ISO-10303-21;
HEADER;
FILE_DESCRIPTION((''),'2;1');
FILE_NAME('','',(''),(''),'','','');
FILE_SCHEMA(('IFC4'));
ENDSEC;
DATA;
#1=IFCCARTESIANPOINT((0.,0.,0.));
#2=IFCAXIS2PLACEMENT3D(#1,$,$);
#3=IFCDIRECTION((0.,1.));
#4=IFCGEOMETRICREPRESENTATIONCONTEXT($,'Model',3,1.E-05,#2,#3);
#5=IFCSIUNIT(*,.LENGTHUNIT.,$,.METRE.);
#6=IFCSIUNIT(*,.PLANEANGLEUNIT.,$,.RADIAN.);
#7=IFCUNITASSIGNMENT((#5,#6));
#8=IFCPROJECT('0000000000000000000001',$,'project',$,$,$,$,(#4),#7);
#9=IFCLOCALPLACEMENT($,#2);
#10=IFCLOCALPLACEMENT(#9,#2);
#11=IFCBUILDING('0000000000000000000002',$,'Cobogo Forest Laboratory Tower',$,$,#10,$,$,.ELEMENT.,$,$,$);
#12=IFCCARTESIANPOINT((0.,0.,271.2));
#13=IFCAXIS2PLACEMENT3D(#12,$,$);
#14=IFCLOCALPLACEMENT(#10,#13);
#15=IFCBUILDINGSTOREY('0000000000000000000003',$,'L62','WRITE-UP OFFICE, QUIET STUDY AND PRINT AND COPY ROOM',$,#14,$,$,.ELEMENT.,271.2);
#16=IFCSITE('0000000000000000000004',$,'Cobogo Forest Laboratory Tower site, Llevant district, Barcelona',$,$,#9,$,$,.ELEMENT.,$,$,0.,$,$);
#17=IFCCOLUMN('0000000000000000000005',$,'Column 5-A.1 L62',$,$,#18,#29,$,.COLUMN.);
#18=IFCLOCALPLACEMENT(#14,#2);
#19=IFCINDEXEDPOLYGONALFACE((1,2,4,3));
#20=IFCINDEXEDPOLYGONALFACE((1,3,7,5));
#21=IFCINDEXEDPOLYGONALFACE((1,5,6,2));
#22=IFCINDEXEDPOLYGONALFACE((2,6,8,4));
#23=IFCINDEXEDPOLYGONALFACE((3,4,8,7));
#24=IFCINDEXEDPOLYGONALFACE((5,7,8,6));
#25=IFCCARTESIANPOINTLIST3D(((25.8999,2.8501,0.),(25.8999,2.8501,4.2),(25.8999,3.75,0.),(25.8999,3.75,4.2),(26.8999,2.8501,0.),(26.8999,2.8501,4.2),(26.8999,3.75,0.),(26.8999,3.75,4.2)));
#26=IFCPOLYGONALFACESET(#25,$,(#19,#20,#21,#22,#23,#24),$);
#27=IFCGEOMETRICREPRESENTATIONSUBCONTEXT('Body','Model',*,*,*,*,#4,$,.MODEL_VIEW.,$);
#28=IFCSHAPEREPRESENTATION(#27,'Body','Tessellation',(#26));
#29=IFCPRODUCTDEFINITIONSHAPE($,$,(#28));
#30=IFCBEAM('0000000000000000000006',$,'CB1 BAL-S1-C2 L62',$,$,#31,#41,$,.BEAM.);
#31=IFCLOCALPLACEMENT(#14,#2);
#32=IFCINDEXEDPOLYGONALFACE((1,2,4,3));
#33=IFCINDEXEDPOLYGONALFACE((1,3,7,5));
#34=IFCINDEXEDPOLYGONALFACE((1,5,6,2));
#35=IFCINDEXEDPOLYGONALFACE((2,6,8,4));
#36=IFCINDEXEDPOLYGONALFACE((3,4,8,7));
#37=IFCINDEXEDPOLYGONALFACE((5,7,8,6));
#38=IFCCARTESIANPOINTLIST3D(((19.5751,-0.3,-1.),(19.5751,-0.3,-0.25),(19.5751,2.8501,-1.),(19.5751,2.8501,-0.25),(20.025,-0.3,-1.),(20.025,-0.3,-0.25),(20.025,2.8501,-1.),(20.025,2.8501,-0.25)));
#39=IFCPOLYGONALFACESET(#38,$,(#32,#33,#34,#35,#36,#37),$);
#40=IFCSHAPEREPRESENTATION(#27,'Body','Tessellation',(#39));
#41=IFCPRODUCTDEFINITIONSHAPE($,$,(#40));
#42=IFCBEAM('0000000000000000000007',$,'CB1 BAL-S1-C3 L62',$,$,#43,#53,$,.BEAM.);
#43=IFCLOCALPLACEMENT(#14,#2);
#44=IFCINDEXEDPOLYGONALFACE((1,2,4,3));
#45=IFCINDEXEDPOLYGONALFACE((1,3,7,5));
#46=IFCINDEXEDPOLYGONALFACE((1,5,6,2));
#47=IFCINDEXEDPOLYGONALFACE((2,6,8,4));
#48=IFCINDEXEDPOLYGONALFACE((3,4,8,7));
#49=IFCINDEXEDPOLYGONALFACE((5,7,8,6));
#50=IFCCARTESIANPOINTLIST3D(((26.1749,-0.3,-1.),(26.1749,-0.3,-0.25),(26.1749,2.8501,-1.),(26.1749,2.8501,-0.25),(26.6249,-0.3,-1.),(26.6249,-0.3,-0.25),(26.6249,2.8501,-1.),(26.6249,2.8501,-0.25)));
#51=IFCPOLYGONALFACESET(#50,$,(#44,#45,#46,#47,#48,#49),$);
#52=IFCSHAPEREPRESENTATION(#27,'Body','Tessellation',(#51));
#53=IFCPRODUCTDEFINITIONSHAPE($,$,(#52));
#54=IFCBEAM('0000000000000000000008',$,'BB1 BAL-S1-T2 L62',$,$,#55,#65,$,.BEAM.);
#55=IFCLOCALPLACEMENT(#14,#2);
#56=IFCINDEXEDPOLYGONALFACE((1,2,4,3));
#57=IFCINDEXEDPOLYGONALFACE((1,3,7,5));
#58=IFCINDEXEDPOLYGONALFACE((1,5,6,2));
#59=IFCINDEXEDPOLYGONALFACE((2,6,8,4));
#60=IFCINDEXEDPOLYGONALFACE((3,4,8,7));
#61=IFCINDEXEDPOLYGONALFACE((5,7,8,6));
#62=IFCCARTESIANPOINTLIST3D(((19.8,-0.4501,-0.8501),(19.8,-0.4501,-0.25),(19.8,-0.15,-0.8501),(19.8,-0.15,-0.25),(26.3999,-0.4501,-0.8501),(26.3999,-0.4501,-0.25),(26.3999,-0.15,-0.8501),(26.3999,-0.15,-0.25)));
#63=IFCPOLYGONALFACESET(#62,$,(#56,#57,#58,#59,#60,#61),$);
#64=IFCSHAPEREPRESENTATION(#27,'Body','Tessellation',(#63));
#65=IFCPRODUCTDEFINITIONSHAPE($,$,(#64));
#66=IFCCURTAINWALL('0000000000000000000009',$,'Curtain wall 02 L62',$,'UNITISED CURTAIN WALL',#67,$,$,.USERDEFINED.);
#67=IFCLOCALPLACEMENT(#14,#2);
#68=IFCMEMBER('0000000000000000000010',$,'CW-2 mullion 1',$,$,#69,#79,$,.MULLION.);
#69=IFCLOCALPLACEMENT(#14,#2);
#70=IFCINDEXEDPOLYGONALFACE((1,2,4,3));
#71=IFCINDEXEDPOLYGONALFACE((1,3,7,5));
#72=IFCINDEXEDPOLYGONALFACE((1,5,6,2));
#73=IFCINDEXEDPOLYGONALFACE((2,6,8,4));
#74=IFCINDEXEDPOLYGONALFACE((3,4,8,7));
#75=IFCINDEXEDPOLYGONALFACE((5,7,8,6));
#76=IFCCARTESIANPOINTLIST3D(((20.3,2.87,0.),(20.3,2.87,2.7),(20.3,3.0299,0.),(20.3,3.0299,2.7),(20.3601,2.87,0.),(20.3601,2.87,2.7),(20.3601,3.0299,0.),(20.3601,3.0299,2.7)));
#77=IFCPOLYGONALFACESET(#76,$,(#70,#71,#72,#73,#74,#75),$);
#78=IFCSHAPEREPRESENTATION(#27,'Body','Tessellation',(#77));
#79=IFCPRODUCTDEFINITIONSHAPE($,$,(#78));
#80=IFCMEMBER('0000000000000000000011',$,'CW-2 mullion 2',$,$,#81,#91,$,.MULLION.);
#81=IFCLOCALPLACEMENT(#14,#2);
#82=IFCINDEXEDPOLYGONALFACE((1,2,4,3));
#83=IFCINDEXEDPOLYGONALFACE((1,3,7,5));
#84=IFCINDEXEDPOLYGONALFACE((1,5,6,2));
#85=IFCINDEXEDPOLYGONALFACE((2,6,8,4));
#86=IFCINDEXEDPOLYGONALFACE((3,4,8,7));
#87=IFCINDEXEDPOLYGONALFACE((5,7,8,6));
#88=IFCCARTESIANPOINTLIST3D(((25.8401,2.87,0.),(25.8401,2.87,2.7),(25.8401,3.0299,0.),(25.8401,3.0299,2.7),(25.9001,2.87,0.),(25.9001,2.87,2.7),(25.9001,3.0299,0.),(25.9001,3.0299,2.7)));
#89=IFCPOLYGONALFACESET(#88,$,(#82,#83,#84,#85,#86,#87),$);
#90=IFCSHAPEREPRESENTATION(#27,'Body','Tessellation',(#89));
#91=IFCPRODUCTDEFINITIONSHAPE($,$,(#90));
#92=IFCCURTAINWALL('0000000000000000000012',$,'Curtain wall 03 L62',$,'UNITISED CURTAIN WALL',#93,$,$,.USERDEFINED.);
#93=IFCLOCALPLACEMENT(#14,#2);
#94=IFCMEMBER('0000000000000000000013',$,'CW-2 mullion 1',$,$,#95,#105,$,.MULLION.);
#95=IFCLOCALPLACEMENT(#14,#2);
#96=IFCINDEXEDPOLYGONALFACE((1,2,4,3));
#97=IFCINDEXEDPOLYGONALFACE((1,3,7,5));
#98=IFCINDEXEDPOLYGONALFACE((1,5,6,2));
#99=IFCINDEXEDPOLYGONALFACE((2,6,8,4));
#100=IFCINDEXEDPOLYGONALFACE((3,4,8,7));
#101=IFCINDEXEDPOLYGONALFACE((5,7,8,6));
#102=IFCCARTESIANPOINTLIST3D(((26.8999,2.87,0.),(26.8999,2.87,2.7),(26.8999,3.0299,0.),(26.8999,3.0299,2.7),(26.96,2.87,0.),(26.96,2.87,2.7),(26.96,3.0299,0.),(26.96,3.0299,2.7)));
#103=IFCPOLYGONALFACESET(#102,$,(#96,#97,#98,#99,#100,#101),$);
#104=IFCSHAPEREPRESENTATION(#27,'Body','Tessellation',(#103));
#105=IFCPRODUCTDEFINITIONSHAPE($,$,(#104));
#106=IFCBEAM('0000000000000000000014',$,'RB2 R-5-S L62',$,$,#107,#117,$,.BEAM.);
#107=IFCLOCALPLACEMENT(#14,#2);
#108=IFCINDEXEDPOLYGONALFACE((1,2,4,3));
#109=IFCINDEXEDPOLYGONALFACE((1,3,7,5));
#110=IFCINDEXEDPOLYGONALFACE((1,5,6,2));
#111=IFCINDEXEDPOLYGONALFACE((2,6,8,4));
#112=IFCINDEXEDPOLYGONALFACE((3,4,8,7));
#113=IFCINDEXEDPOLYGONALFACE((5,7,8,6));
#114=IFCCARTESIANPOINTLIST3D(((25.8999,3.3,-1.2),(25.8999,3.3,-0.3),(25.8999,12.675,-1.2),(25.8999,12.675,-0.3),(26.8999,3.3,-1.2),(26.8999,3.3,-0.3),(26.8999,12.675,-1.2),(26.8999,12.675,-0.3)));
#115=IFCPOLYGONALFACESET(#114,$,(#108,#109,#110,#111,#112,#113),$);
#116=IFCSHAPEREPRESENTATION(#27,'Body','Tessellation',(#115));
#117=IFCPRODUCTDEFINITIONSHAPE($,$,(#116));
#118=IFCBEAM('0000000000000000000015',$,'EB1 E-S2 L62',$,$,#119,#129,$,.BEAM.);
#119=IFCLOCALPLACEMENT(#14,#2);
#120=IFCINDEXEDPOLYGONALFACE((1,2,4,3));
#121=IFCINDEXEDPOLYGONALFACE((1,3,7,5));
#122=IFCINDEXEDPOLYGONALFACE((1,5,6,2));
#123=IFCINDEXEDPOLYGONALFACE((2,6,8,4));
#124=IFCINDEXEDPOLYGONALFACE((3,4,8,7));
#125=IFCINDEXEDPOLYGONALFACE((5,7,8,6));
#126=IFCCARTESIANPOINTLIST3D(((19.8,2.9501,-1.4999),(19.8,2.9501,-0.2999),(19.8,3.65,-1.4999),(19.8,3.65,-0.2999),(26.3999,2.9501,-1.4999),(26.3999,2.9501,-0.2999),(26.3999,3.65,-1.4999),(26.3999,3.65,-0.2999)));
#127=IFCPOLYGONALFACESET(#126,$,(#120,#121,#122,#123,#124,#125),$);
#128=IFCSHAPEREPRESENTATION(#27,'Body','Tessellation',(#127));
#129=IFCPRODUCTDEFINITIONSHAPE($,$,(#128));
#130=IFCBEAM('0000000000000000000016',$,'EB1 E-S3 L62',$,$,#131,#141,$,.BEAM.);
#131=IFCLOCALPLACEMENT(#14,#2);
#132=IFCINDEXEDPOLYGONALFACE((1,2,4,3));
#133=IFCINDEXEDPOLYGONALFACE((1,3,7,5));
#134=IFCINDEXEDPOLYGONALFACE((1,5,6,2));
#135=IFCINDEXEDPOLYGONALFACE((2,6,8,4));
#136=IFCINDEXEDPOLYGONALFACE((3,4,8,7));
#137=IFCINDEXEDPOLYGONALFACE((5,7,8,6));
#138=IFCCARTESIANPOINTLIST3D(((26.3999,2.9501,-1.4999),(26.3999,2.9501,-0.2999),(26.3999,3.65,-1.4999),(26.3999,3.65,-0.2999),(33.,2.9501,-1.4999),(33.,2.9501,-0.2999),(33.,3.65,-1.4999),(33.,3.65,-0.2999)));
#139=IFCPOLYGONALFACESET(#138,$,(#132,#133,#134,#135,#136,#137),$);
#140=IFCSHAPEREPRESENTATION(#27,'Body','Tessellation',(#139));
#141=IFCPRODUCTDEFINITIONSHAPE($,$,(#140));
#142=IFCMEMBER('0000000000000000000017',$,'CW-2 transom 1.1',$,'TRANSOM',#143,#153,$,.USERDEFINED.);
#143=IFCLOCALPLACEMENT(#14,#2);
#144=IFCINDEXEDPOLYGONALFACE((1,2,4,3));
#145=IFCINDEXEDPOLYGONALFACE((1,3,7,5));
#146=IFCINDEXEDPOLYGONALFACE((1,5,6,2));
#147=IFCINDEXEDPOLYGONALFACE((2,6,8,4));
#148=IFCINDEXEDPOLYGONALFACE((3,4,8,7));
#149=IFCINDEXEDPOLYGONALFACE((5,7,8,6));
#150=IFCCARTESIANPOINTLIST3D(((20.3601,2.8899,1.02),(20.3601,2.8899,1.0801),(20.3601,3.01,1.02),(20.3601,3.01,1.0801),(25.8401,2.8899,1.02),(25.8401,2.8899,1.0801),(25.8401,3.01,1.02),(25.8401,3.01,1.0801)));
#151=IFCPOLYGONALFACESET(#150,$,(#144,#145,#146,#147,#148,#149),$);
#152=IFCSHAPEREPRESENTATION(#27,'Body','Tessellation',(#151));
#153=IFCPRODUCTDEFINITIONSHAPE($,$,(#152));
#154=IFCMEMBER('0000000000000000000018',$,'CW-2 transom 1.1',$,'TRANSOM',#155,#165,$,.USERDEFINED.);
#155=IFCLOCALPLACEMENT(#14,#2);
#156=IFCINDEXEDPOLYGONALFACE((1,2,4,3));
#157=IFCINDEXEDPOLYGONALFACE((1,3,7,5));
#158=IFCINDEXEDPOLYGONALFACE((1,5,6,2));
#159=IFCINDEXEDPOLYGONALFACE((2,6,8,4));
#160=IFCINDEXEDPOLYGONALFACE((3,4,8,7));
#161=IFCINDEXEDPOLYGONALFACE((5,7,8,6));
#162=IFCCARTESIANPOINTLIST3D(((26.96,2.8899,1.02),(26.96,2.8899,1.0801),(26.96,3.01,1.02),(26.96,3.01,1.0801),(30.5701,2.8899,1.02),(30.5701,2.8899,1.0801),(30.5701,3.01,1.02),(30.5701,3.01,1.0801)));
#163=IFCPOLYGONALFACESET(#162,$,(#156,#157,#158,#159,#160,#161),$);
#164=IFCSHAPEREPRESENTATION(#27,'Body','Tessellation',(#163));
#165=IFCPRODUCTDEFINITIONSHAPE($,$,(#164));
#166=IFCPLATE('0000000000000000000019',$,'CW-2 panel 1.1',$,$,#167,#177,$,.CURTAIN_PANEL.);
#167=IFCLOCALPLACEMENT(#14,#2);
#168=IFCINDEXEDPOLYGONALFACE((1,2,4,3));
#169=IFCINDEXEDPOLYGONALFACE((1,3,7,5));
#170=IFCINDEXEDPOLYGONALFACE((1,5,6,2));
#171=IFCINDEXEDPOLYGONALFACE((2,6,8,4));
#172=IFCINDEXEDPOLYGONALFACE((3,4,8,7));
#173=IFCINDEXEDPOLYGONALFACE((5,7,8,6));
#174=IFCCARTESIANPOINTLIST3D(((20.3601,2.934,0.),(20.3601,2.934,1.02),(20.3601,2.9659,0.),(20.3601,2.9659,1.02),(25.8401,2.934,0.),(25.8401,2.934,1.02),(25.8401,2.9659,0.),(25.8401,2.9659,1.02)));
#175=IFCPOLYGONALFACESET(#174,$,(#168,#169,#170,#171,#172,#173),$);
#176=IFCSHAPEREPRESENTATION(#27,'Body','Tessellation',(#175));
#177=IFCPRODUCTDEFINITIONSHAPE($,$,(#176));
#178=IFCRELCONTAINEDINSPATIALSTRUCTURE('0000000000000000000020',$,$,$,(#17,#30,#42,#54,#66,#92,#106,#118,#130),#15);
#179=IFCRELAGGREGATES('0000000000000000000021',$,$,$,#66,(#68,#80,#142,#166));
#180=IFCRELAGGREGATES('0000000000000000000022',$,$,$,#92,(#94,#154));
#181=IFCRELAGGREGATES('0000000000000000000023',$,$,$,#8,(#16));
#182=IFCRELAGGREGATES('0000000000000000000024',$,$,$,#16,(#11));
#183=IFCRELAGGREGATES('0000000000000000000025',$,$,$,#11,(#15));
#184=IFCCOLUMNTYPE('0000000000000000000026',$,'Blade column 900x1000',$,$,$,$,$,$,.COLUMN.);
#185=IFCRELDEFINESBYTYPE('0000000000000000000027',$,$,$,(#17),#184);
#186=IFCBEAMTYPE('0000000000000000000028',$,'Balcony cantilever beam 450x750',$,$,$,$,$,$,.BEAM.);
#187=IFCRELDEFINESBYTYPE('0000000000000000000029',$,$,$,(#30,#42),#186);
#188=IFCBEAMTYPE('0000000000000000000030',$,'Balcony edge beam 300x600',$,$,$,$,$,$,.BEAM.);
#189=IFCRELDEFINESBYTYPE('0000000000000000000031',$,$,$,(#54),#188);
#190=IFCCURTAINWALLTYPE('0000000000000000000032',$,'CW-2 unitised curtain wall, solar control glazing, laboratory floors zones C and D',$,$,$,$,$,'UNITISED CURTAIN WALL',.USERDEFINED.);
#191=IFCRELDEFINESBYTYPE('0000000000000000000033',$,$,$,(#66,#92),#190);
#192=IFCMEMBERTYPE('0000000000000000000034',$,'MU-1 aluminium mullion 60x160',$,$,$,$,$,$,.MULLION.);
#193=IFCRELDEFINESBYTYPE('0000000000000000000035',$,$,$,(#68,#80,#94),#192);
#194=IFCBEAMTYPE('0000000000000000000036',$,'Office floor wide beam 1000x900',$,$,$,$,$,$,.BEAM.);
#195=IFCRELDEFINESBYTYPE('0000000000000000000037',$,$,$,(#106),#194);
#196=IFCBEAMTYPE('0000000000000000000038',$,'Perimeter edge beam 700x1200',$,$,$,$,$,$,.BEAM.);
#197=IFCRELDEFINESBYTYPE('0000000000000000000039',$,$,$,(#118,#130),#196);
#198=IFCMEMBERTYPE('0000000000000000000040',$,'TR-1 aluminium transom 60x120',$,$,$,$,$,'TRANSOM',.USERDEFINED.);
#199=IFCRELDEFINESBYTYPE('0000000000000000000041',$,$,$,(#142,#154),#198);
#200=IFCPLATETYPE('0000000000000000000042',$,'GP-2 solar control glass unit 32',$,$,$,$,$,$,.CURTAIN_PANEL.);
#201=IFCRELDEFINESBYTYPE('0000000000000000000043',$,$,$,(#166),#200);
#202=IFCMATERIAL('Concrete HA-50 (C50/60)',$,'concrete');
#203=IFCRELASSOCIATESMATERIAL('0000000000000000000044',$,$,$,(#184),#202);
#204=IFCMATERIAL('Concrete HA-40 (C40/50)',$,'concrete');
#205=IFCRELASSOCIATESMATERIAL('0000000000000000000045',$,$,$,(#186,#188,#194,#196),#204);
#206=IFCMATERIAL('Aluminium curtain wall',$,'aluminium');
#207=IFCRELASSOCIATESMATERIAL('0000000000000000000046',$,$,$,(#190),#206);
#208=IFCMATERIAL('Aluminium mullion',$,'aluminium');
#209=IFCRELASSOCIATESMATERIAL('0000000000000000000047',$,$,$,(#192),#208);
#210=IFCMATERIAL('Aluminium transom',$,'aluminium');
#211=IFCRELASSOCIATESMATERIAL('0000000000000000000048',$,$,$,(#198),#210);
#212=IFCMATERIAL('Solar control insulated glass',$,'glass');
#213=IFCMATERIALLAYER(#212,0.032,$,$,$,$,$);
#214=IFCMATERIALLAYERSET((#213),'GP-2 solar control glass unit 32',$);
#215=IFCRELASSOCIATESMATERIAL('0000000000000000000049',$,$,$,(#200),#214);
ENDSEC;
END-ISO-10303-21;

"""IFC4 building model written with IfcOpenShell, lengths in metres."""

from ifc_helpers import new_model, si_unit, direction, frame, origin, origin_2d, place, context, subcontext, project, spatial, rectangle, extrude, material, layer, layer_set, material_profile, profile_set, type_object, element, aggregate, save


model = new_model("IFC4")

# Units and contexts
model_context = context("Model", 3, precision=1e-05, world=origin(), true_north=direction((0.0, 1.0)))
body_context = subcontext(model_context, "Body", "Model", "MODEL_VIEW")
ifc_project = project(units=[si_unit("LENGTHUNIT", "METRE"), si_unit("PLANEANGLEUNIT", "RADIAN")], contexts=[model_context])

# Site, building, storey
site_placement = place(None, origin())
site = spatial("IfcSite", under=ifc_project, at=site_placement, Name="Cobogo Forest Laboratory Tower site, Llevant district, Barcelona", CompositionType="ELEMENT", RefElevation=0.0)
building_placement = place(site_placement, origin())
building = spatial("IfcBuilding", under=site, at=building_placement, Name="Cobogo Forest Laboratory Tower", CompositionType="ELEMENT")
storey_placement = place(building_placement, frame((0.0, 0.0, 271.2)))
storey = spatial("IfcBuildingStorey", under=building, at=storey_placement, Name="L62", Description="WRITE-UP OFFICE, QUIET STUDY AND PRINT AND COPY ROOM", CompositionType="ELEMENT", Elevation=271.2)

# Column
ifc_material_1 = material(Name="Concrete HA-50 (C50/60)", Category="concrete")
ifc_material_profile_1 = material_profile(ifc_material_1, rectangle(XDim=1.0, YDim=0.8999, at=origin_2d()), Name="RC 900x1000")
ifc_profile_set_1 = profile_set([ifc_material_profile_1], Name="Concrete HA-50 (C50/60)")
column_type = type_object("IfcColumnType", Name="Blade column 900x1000", PredefinedType="COLUMN", material=ifc_profile_set_1)
column_placement = place(storey_placement, frame((26.3999, 3.3, 0.0), z_axis=(0.0, 0.0, 1.0), x_axis=(1.0, 0.0, 0.0)))
element("IfcColumn", 1, at=column_placement, inside=storey, type_object=column_type, Name="Column 5-A.1 L62", PredefinedType="COLUMN", context=body_context, shape_type="SweptSolid", body=[
    extrude(rectangle(XDim=1.0, YDim=0.8999, at=origin_2d()), origin(), (0.0, 0.0, 1.0), 4.2),
])

# Beams
ifc_material_2 = material(Name="Concrete HA-40 (C40/50)", Category="concrete")
ifc_material_profile_2 = material_profile(ifc_material_2, rectangle(XDim=0.45, YDim=0.75, at=origin_2d()), Name="RC 450x750")
ifc_profile_set_2 = profile_set([ifc_material_profile_2], Name="Concrete HA-40 (C40/50)")
beam_type_1 = type_object("IfcBeamType", Name="Balcony cantilever beam 450x750", PredefinedType="BEAM", material=ifc_profile_set_2)
for number, where, z_axis, x_axis, name in (
    (2, (19.8, 2.8501, -0.625), (0.0, -1.0, 0.0), (1.0, 0.0, 0.0), "CB1 BAL-S1-C2 L62"),
    (3, (26.3999, 2.8501, -0.625), (0.0, -1.0, 0.0), (1.0, 0.0, 0.0), "CB1 BAL-S1-C3 L62"),
):
    element("IfcBeam", number, at=place(storey_placement, frame(where, z_axis=z_axis, x_axis=x_axis)), inside=storey, type_object=beam_type_1, Name=name, PredefinedType="BEAM", context=body_context, shape_type="SweptSolid", body=[
        extrude(rectangle(XDim=0.45, YDim=0.75, at=origin_2d()), origin(), (0.0, 0.0, 1.0), 3.1501),
    ])
ifc_material_profile_3 = material_profile(ifc_material_2, rectangle(XDim=0.3, YDim=0.6001, at=origin_2d()), Name="RC 300x600")
ifc_profile_set_3 = profile_set([ifc_material_profile_3], Name="Concrete HA-40 (C40/50)")
beam_type_2 = type_object("IfcBeamType", Name="Balcony edge beam 300x600", PredefinedType="BEAM", material=ifc_profile_set_3)
beam_1_placement = place(storey_placement, frame((19.8, -0.3, -0.55), z_axis=(1.0, 0.0, 0.0), x_axis=(0.0, 1.0, 0.0)))
element("IfcBeam", 4, at=beam_1_placement, inside=storey, type_object=beam_type_2, Name="BB1 BAL-S1-T2 L62", PredefinedType="BEAM", context=body_context, shape_type="SweptSolid", body=[
    extrude(rectangle(XDim=0.3, YDim=0.6001, at=origin_2d()), origin(), (0.0, 0.0, 1.0), 6.5999),
])

# Curtain wall, members
ifc_material_3 = material(Name="Aluminium curtain wall", Category="aluminium")
curtain_wall_type = type_object("IfcCurtainWallType", Name="CW-2 unitised curtain wall, solar control glazing, laboratory floors zones C and D", ElementType="UNITISED CURTAIN WALL", PredefinedType="USERDEFINED", material=ifc_material_3)
curtain_wall_1_placement = place(storey_placement, origin())
curtain_wall_1 = element("IfcCurtainWall", 5, at=curtain_wall_1_placement, inside=storey, type_object=curtain_wall_type, Name="Curtain wall 02 L62", ObjectType="UNITISED CURTAIN WALL", PredefinedType="USERDEFINED")
ifc_material_4 = material(Name="Aluminium mullion", Category="aluminium")
ifc_material_profile_4 = material_profile(ifc_material_4, rectangle(XDim=0.0601, YDim=0.1599, at=origin_2d()), Name="AL 60x160")
ifc_profile_set_4 = profile_set([ifc_material_profile_4], Name="Aluminium mullion")
member_type_1 = type_object("IfcMemberType", Name="MU-1 aluminium mullion 60x160", PredefinedType="MULLION", material=ifc_profile_set_4)
member_1_placement = place(storey_placement, frame((20.3301, 2.95, 0.0), z_axis=(0.0, 0.0, 1.0), x_axis=(1.0, 0.0, 0.0)))
member_1 = element("IfcMember", 6, at=member_1_placement, type_object=member_type_1, Name="CW-2 mullion 1", PredefinedType="MULLION", context=body_context, shape_type="SweptSolid", body=[
    extrude(rectangle(XDim=0.0601, YDim=0.1599, at=origin_2d()), origin(), (0.0, 0.0, 1.0), 2.7),
])
member_2_placement = place(storey_placement, frame((25.8701, 2.95, 0.0), z_axis=(0.0, 0.0, 1.0), x_axis=(1.0, 0.0, 0.0)))
member_2 = element("IfcMember", 7, at=member_2_placement, type_object=member_type_1, Name="CW-2 mullion 2", PredefinedType="MULLION", context=body_context, shape_type="SweptSolid", body=[
    extrude(rectangle(XDim=0.0601, YDim=0.1599, at=origin_2d()), origin(), (0.0, 0.0, 1.0), 2.7),
])

# Curtain wall, member
curtain_wall_2_placement = place(storey_placement, origin())
curtain_wall_2 = element("IfcCurtainWall", 8, at=curtain_wall_2_placement, inside=storey, type_object=curtain_wall_type, Name="Curtain wall 03 L62", ObjectType="UNITISED CURTAIN WALL", PredefinedType="USERDEFINED")
member_3_placement = place(storey_placement, frame((26.9299, 2.95, 0.0), z_axis=(0.0, 0.0, 1.0), x_axis=(1.0, 0.0, 0.0)))
member_3 = element("IfcMember", 9, at=member_3_placement, type_object=member_type_1, Name="CW-2 mullion 1", PredefinedType="MULLION", context=body_context, shape_type="SweptSolid", body=[
    extrude(rectangle(XDim=0.0601, YDim=0.1599, at=origin_2d()), origin(), (0.0, 0.0, 1.0), 2.7),
])

# Beams
ifc_material_profile_5 = material_profile(ifc_material_2, rectangle(XDim=1.0, YDim=0.8999, at=origin_2d()), Name="RC 1000x900")
ifc_profile_set_5 = profile_set([ifc_material_profile_5], Name="Concrete HA-40 (C40/50)")
beam_type_3 = type_object("IfcBeamType", Name="Office floor wide beam 1000x900", PredefinedType="BEAM", material=ifc_profile_set_5)
beam_2_placement = place(storey_placement, frame((26.3999, 12.675, -0.75), z_axis=(0.0, -1.0, 0.0), x_axis=(1.0, 0.0, 0.0)))
element("IfcBeam", 10, at=beam_2_placement, inside=storey, type_object=beam_type_3, Name="RB2 R-5-S L62", PredefinedType="BEAM", context=body_context, shape_type="SweptSolid", body=[
    extrude(rectangle(XDim=1.0, YDim=0.8999, at=origin_2d()), origin(), (0.0, 0.0, 1.0), 9.375),
])
ifc_material_profile_6 = material_profile(ifc_material_2, rectangle(XDim=0.7, YDim=1.2, at=origin_2d()), Name="RC 700x1200")
ifc_profile_set_6 = profile_set([ifc_material_profile_6], Name="Concrete HA-40 (C40/50)")
beam_type_4 = type_object("IfcBeamType", Name="Perimeter edge beam 700x1200", PredefinedType="BEAM", material=ifc_profile_set_6)
beam_3_placement = place(storey_placement, frame((19.8, 3.3, -0.8999), z_axis=(1.0, 0.0, 0.0), x_axis=(0.0, 1.0, 0.0)))
element("IfcBeam", 11, at=beam_3_placement, inside=storey, type_object=beam_type_4, Name="EB1 E-S2 L62", PredefinedType="BEAM", context=body_context, shape_type="SweptSolid", body=[
    extrude(rectangle(XDim=0.7, YDim=1.2, at=origin_2d()), origin(), (0.0, 0.0, 1.0), 6.5999),
])
beam_4_placement = place(storey_placement, frame((26.3999, 3.3, -0.8999), z_axis=(1.0, 0.0, 0.0), x_axis=(0.0, 1.0, 0.0)))
element("IfcBeam", 12, at=beam_4_placement, inside=storey, type_object=beam_type_4, Name="EB1 E-S3 L62", PredefinedType="BEAM", context=body_context, shape_type="SweptSolid", body=[
    extrude(rectangle(XDim=0.7, YDim=1.2, at=origin_2d()), origin(), (0.0, 0.0, 1.0), 6.6001),
])

# Members
ifc_material_5 = material(Name="Aluminium transom", Category="aluminium")
ifc_material_profile_7 = material_profile(ifc_material_5, rectangle(XDim=0.1201, YDim=0.0601, at=origin_2d()), Name="AL 60x120")
ifc_profile_set_7 = profile_set([ifc_material_profile_7], Name="Aluminium transom")
member_type_2 = type_object("IfcMemberType", Name="TR-1 aluminium transom 60x120", ElementType="TRANSOM", PredefinedType="USERDEFINED", material=ifc_profile_set_7)
member_4_placement = place(storey_placement, frame((20.3601, 2.95, 1.05), z_axis=(1.0, 0.0, 0.0), x_axis=(0.0, 1.0, 0.0)))
member_4 = element("IfcMember", 13, at=member_4_placement, type_object=member_type_2, Name="CW-2 transom 1.1", ObjectType="TRANSOM", PredefinedType="USERDEFINED", context=body_context, shape_type="SweptSolid", body=[
    extrude(rectangle(XDim=0.1201, YDim=0.0601, at=origin_2d()), origin(), (0.0, 0.0, 1.0), 5.48),
])
member_5_placement = place(storey_placement, frame((26.96, 2.95, 1.05), z_axis=(1.0, 0.0, 0.0), x_axis=(0.0, 1.0, 0.0)))
member_5 = element("IfcMember", 14, at=member_5_placement, type_object=member_type_2, Name="CW-2 transom 1.1", ObjectType="TRANSOM", PredefinedType="USERDEFINED", context=body_context, shape_type="SweptSolid", body=[
    extrude(rectangle(XDim=0.1201, YDim=0.0601, at=origin_2d()), origin(), (0.0, 0.0, 1.0), 3.6101),
])

# Plate
ifc_material_6 = material(Name="Solar control insulated glass", Category="glass")
ifc_layer_1 = layer(ifc_material_6, 0.032)
ifc_layer_set_1 = layer_set([ifc_layer_1], Name="GP-2 solar control glass unit 32")
plate_type_1 = type_object("IfcPlateType", Name="GP-2 solar control glass unit 32", PredefinedType="CURTAIN_PANEL", material=ifc_layer_set_1)
plate_1_placement = place(storey_placement, frame((23.1001, 2.95, 0.0), z_axis=(0.0, 0.0, 1.0), x_axis=(1.0, 0.0, 0.0)))
plate_1 = element("IfcPlate", 15, at=plate_1_placement, type_object=plate_type_1, Name="CW-2 panel 1.1", PredefinedType="CURTAIN_PANEL", context=body_context, shape_type="SweptSolid", body=[
    extrude(rectangle(XDim=5.48, YDim=0.032, at=origin_2d()), origin(), (0.0, 0.0, 1.0), 1.02),
])
aggregate(curtain_wall_1, [member_1, member_2, member_4, plate_1])
aggregate(curtain_wall_2, [member_3, member_5])

save(model, "model.ifc")
